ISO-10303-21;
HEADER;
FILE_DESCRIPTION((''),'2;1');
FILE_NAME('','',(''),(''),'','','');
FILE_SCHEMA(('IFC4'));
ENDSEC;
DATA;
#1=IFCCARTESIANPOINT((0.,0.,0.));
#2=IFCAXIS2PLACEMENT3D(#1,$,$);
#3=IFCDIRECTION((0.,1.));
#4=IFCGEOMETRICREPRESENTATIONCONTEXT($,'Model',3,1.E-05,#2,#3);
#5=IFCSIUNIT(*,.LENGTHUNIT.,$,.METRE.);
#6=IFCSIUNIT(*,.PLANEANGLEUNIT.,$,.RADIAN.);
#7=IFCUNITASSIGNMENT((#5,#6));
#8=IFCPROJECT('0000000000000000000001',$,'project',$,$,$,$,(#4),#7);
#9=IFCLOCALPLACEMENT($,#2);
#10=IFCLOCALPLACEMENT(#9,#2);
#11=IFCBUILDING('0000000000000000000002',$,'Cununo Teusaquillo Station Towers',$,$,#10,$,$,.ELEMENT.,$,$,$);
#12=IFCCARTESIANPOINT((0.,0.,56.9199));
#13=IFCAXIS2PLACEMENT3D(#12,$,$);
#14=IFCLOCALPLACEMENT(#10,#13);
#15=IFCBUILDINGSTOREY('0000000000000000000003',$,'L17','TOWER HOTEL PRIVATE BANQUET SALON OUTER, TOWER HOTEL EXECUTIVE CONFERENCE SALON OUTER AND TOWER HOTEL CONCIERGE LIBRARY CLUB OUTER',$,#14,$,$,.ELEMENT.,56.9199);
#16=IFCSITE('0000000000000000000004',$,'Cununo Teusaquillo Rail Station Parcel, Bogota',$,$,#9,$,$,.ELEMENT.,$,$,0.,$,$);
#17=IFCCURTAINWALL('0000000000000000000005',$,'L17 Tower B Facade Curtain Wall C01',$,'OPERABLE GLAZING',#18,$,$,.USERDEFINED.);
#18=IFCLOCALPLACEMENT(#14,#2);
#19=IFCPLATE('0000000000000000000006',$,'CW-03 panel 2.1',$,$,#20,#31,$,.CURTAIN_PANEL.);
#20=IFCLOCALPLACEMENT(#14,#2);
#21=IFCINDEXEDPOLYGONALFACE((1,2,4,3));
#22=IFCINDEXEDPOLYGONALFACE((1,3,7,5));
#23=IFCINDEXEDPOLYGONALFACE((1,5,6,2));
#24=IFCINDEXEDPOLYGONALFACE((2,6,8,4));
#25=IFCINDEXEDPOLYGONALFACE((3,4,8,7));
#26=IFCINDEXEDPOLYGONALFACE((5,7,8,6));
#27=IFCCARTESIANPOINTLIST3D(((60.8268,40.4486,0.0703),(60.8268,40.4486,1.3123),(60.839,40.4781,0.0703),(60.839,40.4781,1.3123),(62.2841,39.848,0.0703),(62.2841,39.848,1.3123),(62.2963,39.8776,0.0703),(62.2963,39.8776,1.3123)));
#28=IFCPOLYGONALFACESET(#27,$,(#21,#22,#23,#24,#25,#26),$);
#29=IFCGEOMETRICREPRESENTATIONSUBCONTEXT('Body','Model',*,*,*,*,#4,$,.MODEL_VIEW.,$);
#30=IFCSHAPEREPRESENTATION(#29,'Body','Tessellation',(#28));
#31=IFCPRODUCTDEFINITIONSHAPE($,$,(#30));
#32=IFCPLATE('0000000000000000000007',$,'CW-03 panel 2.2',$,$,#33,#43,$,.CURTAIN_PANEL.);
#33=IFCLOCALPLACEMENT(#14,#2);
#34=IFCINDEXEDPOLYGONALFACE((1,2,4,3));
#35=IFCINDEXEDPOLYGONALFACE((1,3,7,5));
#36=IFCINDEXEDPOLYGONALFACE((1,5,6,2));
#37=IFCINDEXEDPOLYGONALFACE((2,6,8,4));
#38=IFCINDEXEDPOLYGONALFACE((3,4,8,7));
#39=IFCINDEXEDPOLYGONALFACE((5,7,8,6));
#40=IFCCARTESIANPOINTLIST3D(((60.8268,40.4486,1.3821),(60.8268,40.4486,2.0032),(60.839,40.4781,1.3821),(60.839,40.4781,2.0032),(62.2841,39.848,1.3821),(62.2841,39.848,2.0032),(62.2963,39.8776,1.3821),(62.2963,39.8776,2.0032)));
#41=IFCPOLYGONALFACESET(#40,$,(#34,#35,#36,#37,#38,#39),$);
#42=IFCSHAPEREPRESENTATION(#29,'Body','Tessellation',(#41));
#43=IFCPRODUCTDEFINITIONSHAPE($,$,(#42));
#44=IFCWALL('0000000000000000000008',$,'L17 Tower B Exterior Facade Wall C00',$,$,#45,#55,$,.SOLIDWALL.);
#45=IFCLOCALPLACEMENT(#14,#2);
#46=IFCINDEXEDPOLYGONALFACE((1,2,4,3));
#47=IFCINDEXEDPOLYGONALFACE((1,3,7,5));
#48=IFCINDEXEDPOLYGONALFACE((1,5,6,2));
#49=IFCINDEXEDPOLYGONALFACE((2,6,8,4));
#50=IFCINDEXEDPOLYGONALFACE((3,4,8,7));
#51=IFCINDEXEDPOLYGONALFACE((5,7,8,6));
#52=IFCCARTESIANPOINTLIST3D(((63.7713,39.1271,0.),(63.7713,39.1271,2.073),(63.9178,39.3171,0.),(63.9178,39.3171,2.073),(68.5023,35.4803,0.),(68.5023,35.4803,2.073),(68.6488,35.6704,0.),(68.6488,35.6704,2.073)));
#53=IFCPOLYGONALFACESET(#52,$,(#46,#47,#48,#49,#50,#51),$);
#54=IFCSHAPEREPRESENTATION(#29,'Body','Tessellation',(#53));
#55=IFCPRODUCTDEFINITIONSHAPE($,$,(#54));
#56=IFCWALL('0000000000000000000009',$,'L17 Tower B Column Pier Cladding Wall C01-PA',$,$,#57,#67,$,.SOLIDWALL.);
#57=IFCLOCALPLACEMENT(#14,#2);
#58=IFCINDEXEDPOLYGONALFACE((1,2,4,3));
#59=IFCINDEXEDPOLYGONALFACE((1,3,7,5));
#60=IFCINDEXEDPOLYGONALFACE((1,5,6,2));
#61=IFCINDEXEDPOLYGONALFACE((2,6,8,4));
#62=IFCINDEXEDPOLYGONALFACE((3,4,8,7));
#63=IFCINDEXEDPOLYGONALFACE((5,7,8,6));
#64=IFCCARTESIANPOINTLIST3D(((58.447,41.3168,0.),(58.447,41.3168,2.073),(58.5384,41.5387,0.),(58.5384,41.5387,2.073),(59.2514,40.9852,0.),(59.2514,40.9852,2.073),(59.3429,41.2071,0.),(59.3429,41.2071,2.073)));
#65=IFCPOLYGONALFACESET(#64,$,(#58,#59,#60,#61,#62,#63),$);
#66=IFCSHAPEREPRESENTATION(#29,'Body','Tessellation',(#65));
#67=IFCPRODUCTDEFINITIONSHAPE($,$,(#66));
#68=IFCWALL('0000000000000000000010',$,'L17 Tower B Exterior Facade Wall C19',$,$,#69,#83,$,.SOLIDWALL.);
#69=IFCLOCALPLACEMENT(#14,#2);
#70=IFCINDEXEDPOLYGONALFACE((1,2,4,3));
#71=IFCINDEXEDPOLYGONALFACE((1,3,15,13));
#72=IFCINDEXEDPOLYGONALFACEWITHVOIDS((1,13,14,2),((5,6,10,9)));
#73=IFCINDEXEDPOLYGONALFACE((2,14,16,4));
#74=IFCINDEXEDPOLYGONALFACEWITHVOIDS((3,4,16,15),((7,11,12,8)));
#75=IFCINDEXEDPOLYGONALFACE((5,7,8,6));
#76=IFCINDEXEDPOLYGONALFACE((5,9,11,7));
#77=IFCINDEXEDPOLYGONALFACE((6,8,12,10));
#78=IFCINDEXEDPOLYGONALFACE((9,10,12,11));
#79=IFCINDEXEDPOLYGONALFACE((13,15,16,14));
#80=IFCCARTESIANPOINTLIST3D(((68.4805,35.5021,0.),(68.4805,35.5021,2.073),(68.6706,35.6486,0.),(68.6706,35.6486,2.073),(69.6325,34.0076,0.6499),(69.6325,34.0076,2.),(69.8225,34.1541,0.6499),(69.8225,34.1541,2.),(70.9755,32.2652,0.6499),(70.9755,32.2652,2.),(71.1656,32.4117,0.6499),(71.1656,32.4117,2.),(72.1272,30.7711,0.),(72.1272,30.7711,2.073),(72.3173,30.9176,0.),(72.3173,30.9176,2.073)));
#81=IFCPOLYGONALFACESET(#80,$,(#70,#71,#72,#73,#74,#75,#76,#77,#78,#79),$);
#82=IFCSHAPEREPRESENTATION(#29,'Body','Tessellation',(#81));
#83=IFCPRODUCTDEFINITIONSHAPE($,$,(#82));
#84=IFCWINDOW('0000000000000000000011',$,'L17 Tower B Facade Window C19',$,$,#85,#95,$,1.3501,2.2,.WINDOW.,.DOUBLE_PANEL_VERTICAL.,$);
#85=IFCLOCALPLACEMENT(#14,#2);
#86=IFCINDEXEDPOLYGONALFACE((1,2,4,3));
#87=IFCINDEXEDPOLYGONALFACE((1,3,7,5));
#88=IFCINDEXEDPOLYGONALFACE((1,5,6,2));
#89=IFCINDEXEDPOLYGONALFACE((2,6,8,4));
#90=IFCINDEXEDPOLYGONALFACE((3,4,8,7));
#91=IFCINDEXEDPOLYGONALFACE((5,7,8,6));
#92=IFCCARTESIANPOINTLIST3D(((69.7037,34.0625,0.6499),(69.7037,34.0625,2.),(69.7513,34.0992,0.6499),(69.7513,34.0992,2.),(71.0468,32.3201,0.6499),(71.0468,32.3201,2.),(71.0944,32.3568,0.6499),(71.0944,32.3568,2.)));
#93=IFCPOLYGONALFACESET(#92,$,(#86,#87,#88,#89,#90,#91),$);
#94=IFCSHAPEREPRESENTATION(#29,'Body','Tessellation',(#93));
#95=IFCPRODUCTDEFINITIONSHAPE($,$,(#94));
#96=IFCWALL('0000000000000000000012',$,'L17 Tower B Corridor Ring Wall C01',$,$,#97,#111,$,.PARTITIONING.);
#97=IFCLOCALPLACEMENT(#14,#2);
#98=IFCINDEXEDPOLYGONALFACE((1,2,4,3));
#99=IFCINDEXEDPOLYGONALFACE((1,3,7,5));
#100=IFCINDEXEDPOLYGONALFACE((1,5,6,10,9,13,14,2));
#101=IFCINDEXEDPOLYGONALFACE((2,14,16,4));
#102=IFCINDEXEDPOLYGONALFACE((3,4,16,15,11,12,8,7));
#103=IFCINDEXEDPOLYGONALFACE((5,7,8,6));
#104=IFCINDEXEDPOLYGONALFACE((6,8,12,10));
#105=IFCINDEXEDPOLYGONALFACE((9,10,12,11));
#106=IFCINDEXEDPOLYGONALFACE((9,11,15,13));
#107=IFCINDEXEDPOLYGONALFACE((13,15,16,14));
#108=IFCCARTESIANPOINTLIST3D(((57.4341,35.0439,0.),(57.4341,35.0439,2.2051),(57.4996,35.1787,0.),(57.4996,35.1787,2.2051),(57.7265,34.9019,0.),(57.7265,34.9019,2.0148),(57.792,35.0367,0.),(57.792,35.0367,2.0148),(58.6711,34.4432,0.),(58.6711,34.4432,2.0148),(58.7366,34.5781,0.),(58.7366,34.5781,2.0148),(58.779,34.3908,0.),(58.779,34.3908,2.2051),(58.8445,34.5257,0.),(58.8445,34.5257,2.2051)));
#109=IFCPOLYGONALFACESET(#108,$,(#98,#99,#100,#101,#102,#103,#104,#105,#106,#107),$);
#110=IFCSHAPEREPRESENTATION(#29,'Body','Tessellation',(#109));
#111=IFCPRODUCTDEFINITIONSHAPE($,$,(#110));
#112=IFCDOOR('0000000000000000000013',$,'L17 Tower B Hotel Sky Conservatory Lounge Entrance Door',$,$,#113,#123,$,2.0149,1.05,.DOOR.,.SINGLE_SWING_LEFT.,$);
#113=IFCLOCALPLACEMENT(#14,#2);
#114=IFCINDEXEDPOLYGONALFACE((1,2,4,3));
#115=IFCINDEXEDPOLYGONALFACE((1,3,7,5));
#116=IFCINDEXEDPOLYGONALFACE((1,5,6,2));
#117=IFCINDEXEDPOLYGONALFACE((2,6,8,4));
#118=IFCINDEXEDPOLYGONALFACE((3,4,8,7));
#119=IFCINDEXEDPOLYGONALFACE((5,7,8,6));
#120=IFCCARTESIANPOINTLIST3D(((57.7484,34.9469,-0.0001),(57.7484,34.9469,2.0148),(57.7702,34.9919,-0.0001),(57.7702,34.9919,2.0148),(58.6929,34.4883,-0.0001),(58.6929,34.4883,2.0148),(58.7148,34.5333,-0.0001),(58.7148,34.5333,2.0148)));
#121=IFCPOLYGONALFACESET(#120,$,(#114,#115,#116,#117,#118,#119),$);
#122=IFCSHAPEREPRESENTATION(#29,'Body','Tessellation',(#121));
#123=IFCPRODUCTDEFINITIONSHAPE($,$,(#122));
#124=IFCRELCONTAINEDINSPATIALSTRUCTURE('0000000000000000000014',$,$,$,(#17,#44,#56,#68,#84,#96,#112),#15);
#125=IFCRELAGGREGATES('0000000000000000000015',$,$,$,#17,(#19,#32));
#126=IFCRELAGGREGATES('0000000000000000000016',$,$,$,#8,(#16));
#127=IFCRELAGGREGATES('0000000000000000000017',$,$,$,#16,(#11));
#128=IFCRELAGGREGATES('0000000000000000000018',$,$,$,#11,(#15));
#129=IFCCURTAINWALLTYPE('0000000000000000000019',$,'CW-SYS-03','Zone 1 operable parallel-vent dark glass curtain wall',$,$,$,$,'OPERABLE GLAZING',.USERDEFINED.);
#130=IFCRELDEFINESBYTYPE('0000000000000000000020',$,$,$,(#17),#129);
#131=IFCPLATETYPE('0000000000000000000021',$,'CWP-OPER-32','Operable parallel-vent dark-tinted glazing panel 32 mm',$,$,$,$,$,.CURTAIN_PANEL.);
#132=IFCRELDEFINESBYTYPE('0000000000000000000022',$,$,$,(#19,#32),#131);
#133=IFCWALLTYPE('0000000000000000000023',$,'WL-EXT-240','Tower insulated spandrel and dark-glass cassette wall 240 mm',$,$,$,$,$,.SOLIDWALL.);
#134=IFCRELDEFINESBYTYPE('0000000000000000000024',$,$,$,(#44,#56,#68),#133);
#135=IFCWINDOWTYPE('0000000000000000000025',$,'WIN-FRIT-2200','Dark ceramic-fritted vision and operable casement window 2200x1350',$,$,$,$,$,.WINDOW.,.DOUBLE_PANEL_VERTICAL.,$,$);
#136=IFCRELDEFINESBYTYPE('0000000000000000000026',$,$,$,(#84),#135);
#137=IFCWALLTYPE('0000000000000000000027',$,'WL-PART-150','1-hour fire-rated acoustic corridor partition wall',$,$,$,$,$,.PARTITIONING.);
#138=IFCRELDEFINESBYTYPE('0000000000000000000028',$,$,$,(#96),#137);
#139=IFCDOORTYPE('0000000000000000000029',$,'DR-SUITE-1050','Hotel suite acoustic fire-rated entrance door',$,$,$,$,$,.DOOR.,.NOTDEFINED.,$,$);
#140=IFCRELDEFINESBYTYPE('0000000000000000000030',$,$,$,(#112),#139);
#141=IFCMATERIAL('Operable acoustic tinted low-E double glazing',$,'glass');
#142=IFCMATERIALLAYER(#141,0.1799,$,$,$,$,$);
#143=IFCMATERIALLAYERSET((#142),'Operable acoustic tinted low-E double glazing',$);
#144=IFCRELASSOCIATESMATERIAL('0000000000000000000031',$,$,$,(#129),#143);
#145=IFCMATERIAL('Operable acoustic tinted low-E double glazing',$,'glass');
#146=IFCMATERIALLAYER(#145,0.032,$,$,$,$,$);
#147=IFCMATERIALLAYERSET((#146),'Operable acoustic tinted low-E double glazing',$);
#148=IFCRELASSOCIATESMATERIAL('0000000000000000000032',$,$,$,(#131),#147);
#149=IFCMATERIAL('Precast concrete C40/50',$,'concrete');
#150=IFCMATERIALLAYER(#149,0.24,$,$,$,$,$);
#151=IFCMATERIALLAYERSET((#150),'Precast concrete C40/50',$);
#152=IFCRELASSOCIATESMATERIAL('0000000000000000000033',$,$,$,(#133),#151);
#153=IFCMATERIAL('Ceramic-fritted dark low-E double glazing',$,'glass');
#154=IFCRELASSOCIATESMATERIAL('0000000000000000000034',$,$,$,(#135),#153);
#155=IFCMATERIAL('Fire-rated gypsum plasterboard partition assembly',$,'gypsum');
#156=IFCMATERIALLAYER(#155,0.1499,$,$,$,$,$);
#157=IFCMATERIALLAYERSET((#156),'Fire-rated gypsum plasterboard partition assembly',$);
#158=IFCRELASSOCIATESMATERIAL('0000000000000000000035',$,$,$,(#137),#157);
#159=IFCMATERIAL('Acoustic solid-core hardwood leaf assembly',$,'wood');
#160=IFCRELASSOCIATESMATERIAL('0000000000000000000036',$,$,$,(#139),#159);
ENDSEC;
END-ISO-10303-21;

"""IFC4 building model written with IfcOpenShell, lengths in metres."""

from ifc_helpers import new_model, si_unit, direction, frame, frame_2d, origin, origin_2d, place, context, subcontext, project, spatial, rectangle, extrude, source, transform, mapped, material, layer, layer_set, type_object, element, fill, aggregate, save


model = new_model("IFC4")

# Units and contexts
model_context = context("Model", 3, precision=1e-05, world=origin(), true_north=direction((0.0, 1.0)))
body_context = subcontext(model_context, "Body", "Model", "MODEL_VIEW")
ifc_project = project(units=[si_unit("LENGTHUNIT", "METRE"), si_unit("PLANEANGLEUNIT", "RADIAN")], contexts=[model_context])

# Site, building, storey
site_placement = place(None, origin())
site = spatial("IfcSite", under=ifc_project, at=site_placement, Name="Cununo Teusaquillo Rail Station Parcel, Bogota", CompositionType="ELEMENT", RefElevation=0.0)
building_placement = place(site_placement, origin())
building = spatial("IfcBuilding", under=site, at=building_placement, Name="Cununo Teusaquillo Station Towers", CompositionType="ELEMENT")
storey_placement = place(building_placement, frame((0.0, 0.0, 56.9199)))
storey = spatial("IfcBuildingStorey", under=building, at=storey_placement, Name="L17", Description="TOWER HOTEL PRIVATE BANQUET SALON OUTER, TOWER HOTEL EXECUTIVE CONFERENCE SALON OUTER AND TOWER HOTEL CONCIERGE LIBRARY CLUB OUTER", CompositionType="ELEMENT", Elevation=56.9199)

# Curtain wall
ifc_material_1 = material(Name="Operable acoustic tinted low-E double glazing", Category="glass")
ifc_layer_1 = layer(ifc_material_1, 0.1799)
ifc_layer_set_1 = layer_set([ifc_layer_1], Name="Operable acoustic tinted low-E double glazing")
curtain_wall_type = type_object("IfcCurtainWallType", Name="CW-SYS-03", Description="Zone 1 operable parallel-vent dark glass curtain wall", ElementType="OPERABLE GLAZING", PredefinedType="USERDEFINED", material=ifc_layer_set_1)
curtain_wall_placement = place(storey_placement, origin())
curtain_wall = element("IfcCurtainWall", 1, at=curtain_wall_placement, inside=storey, type_object=curtain_wall_type, Name="L17 Tower B Facade Curtain Wall C01", ObjectType="OPERABLE GLAZING", PredefinedType="USERDEFINED")

# Plates
ifc_material_2 = material(Name="Operable acoustic tinted low-E double glazing", Category="glass")
ifc_layer_2 = layer(ifc_material_2, 0.032)
ifc_layer_set_2 = layer_set([ifc_layer_2], Name="Operable acoustic tinted low-E double glazing")
plate_type_1 = type_object("IfcPlateType", Name="CWP-OPER-32", Description="Operable parallel-vent dark-tinted glazing panel 32 mm", PredefinedType="CURTAIN_PANEL", material=ifc_layer_set_2)
shared_shape_1 = source(origin(), body_context, "Body", "SweptSolid", [
    extrude(rectangle(XDim=1.5762, YDim=0.032, at=origin_2d()), origin(), (0.0, 0.0, 1.0), 1.2419),
])
plate_1_placement = place(storey_placement, frame((61.5615, 40.1631, 0.0703), z_axis=(0.0, 0.0, 1.0), x_axis=(0.924572, -0.381006, 0.0)))
plate_1 = element("IfcPlate", 2, at=plate_1_placement, type_object=plate_type_1, Name="CW-03 panel 2.1", PredefinedType="CURTAIN_PANEL", context=body_context, shape_type="MappedRepresentation", body=[
    mapped(shared_shape_1, transform((0.0, 0.0, 0.0), x_axis=(1.0, 0.0, 0.0), y_axis=(0.0, 1.0, 0.0), z_axis=(0.0, 0.0, 1.0), scale=1.0)),
])
shared_shape_2 = source(origin(), body_context, "Body", "SweptSolid", [
    extrude(rectangle(XDim=1.5762, YDim=0.032, at=origin_2d()), origin(), (0.0, 0.0, 1.0), 0.6211),
])
plate_2_placement = place(storey_placement, frame((61.5615, 40.1631, 1.3821), z_axis=(0.0, 0.0, 1.0), x_axis=(0.924572, -0.381006, 0.0)))
plate_2 = element("IfcPlate", 3, at=plate_2_placement, type_object=plate_type_1, Name="CW-03 panel 2.2", PredefinedType="CURTAIN_PANEL", context=body_context, shape_type="MappedRepresentation", body=[
    mapped(shared_shape_2, transform((0.0, 0.0, 0.0), x_axis=(1.0, 0.0, 0.0), y_axis=(0.0, 1.0, 0.0), z_axis=(0.0, 0.0, 1.0), scale=1.0)),
])
aggregate(curtain_wall, [plate_1, plate_2])

# Walls
ifc_material_3 = material(Name="Precast concrete C40/50", Category="concrete")
ifc_layer_3 = layer(ifc_material_3, 0.24)
ifc_layer_set_3 = layer_set([ifc_layer_3], Name="Precast concrete C40/50")
wall_type_1 = type_object("IfcWallType", Name="WL-EXT-240", Description="Tower insulated spandrel and dark-glass cassette wall 240 mm", PredefinedType="SOLIDWALL", material=ifc_layer_set_3)
wall_1_placement = place(storey_placement, frame((63.8445, 39.2222, 0.0), z_axis=(0.0, 0.0, 1.0), x_axis=(0.792014, -0.610503, 0.0)))
element("IfcWall", 4, at=wall_1_placement, inside=storey, type_object=wall_type_1, Name="L17 Tower B Exterior Facade Wall C00", PredefinedType="SOLIDWALL", context=body_context, shape_type="SweptSolid", body=[
    extrude(rectangle(XDim=5.9734, YDim=0.24, at=frame_2d((2.9868, 0.0))), origin(), (0.0, 0.0, 1.0), 2.073),
])
wall_2_placement = place(storey_placement, frame((58.4927, 41.4277, 0.0), z_axis=(0.0, 0.0, 1.0), x_axis=(0.924556, -0.381046, 0.0)))
element("IfcWall", 5, at=wall_2_placement, inside=storey, type_object=wall_type_1, Name="L17 Tower B Column Pier Cladding Wall C01-PA", PredefinedType="SOLIDWALL", context=body_context, shape_type="SweptSolid", body=[
    extrude(rectangle(XDim=0.8701, YDim=0.24, at=frame_2d((0.4351, 0.0))), origin(), (0.0, 0.0, 1.0), 2.073),
])

# Wall, opening, window
wall_3_placement = place(storey_placement, frame((68.5754, 35.5754, 0.0), z_axis=(0.0, 0.0, 1.0), x_axis=(0.610503, -0.792014, 0.0)))
wall_3 = element("IfcWall", 6, at=wall_3_placement, inside=storey, type_object=wall_type_1, Name="L17 Tower B Exterior Facade Wall C19", PredefinedType="SOLIDWALL", context=body_context, shape_type="SweptSolid", body=[
    extrude(rectangle(XDim=5.9734, YDim=0.24, at=frame_2d((2.9868, 0.0))), origin(), (0.0, 0.0, 1.0), 2.073),
])
shared_shape_3 = source(origin(), body_context, "Body", "SweptSolid", [
    extrude(rectangle(XDim=2.2, YDim=1.3501, at=frame_2d((1.1001, 0.675))), frame((0.0, 0.1299, 0.0), z_axis=(0.0, -1.0, 0.0), x_axis=(1.0, 0.0, 0.0)), (0.0, 0.0, 1.0), 0.26),
])
opening_1_placement = place(wall_3_placement, frame((1.887, 0.0, 0.6499)))
opening_1 = element("IfcOpeningElement", 7, at=opening_1_placement, cuts=wall_3, PredefinedType="OPENING", context=body_context, shape_type="MappedRepresentation", body=[
    mapped(shared_shape_3, transform((0.0, 0.0, 0.0), x_axis=(1.0, 0.0, 0.0), y_axis=(0.0, 1.0, 0.0), z_axis=(0.0, 0.0, 1.0), scale=1.0)),
])
ifc_material_4 = material(Name="Ceramic-fritted dark low-E double glazing", Category="glass")
window_type = type_object("IfcWindowType", Name="WIN-FRIT-2200", Description="Dark ceramic-fritted vision and operable casement window 2200x1350", PartitioningType="DOUBLE_PANEL_VERTICAL", PredefinedType="WINDOW", material=ifc_material_4)
shared_shape_4 = source(origin(), body_context, "Body", "SweptSolid", [
    extrude(rectangle(XDim=2.2, YDim=1.3501, at=frame_2d((1.1001, 0.675))), frame((0.0, 0.03, 0.0), z_axis=(0.0, -1.0, 0.0), x_axis=(1.0, 0.0, 0.0)), (0.0, 0.0, 1.0), 0.0601),
])
window_placement = place(opening_1_placement, origin())
window = element("IfcWindow", 8, at=window_placement, inside=storey, type_object=window_type, Name="L17 Tower B Facade Window C19", OverallHeight=1.3501, OverallWidth=2.2, PartitioningType="DOUBLE_PANEL_VERTICAL", PredefinedType="WINDOW", context=body_context, shape_type="MappedRepresentation", body=[
    mapped(shared_shape_4, transform((0.0, 0.0, 0.0), x_axis=(1.0, 0.0, 0.0), y_axis=(0.0, 1.0, 0.0), z_axis=(0.0, 0.0, 1.0), scale=1.0)),
])
fill(opening_1, window)

# Wall, opening, door
ifc_material_5 = material(Name="Fire-rated gypsum plasterboard partition assembly", Category="gypsum")
ifc_layer_4 = layer(ifc_material_5, 0.1499)
ifc_layer_set_4 = layer_set([ifc_layer_4], Name="Fire-rated gypsum plasterboard partition assembly")
wall_type_2 = type_object("IfcWallType", Name="WL-PART-150", Description="1-hour fire-rated acoustic corridor partition wall", PredefinedType="PARTITIONING", material=ifc_layer_set_4)
wall_4_placement = place(storey_placement, frame((58.8118, 34.4583, 0.0), z_axis=(0.0, 0.0, 1.0), x_axis=(-0.899559, 0.436798, 0.0)))
wall_4 = element("IfcWall", 9, at=wall_4_placement, inside=storey, type_object=wall_type_2, Name="L17 Tower B Corridor Ring Wall C01", PredefinedType="PARTITIONING", context=body_context, shape_type="SweptSolid", body=[
    extrude(rectangle(XDim=1.4951, YDim=0.1499, at=frame_2d((0.7476, 0.0))), origin(), (0.0, 0.0, 1.0), 2.2051),
])
shared_shape_5 = source(origin(), body_context, "Body", "SweptSolid", [
    extrude(rectangle(XDim=1.05, YDim=2.0149, at=frame_2d((0.5249, 1.0073))), frame((0.0, 0.085, 0.0), z_axis=(0.0, -1.0, 0.0), x_axis=(1.0, 0.0, 0.0)), (0.0, 0.0, 1.0), 0.1699),
])
opening_2_placement = place(wall_4_placement, frame((0.1201, 0.0, 0.0)))
opening_2 = element("IfcOpeningElement", 10, at=opening_2_placement, cuts=wall_4, PredefinedType="OPENING", context=body_context, shape_type="MappedRepresentation", body=[
    mapped(shared_shape_5, transform((0.0, 0.0, 0.0), x_axis=(1.0, 0.0, 0.0), y_axis=(0.0, 1.0, 0.0), z_axis=(0.0, 0.0, 1.0), scale=1.0)),
])
ifc_material_6 = material(Name="Acoustic solid-core hardwood leaf assembly", Category="wood")
door_type = type_object("IfcDoorType", Name="DR-SUITE-1050", Description="Hotel suite acoustic fire-rated entrance door", OperationType="NOTDEFINED", PredefinedType="DOOR", material=ifc_material_6)
shared_shape_6 = source(origin(), body_context, "Body", "SweptSolid", [
    extrude(rectangle(XDim=1.05, YDim=2.0149, at=frame_2d((0.5249, 1.0073))), frame((0.0, 0.0249, 0.0), z_axis=(0.0, -1.0, 0.0), x_axis=(1.0, 0.0, 0.0)), (0.0, 0.0, 1.0), 0.05),
])
door_placement = place(opening_2_placement, origin())
door = element("IfcDoor", 11, at=door_placement, inside=storey, type_object=door_type, Name="L17 Tower B Hotel Sky Conservatory Lounge Entrance Door", OperationType="SINGLE_SWING_LEFT", OverallHeight=2.0149, OverallWidth=1.05, PredefinedType="DOOR", context=body_context, shape_type="MappedRepresentation", body=[
    mapped(shared_shape_6, transform((0.0, 0.0, 0.0), x_axis=(1.0, 0.0, 0.0), y_axis=(0.0, 1.0, 0.0), z_axis=(0.0, 0.0, 1.0), scale=1.0)),
])
fill(opening_2, door)

save(model, "model.ifc")
